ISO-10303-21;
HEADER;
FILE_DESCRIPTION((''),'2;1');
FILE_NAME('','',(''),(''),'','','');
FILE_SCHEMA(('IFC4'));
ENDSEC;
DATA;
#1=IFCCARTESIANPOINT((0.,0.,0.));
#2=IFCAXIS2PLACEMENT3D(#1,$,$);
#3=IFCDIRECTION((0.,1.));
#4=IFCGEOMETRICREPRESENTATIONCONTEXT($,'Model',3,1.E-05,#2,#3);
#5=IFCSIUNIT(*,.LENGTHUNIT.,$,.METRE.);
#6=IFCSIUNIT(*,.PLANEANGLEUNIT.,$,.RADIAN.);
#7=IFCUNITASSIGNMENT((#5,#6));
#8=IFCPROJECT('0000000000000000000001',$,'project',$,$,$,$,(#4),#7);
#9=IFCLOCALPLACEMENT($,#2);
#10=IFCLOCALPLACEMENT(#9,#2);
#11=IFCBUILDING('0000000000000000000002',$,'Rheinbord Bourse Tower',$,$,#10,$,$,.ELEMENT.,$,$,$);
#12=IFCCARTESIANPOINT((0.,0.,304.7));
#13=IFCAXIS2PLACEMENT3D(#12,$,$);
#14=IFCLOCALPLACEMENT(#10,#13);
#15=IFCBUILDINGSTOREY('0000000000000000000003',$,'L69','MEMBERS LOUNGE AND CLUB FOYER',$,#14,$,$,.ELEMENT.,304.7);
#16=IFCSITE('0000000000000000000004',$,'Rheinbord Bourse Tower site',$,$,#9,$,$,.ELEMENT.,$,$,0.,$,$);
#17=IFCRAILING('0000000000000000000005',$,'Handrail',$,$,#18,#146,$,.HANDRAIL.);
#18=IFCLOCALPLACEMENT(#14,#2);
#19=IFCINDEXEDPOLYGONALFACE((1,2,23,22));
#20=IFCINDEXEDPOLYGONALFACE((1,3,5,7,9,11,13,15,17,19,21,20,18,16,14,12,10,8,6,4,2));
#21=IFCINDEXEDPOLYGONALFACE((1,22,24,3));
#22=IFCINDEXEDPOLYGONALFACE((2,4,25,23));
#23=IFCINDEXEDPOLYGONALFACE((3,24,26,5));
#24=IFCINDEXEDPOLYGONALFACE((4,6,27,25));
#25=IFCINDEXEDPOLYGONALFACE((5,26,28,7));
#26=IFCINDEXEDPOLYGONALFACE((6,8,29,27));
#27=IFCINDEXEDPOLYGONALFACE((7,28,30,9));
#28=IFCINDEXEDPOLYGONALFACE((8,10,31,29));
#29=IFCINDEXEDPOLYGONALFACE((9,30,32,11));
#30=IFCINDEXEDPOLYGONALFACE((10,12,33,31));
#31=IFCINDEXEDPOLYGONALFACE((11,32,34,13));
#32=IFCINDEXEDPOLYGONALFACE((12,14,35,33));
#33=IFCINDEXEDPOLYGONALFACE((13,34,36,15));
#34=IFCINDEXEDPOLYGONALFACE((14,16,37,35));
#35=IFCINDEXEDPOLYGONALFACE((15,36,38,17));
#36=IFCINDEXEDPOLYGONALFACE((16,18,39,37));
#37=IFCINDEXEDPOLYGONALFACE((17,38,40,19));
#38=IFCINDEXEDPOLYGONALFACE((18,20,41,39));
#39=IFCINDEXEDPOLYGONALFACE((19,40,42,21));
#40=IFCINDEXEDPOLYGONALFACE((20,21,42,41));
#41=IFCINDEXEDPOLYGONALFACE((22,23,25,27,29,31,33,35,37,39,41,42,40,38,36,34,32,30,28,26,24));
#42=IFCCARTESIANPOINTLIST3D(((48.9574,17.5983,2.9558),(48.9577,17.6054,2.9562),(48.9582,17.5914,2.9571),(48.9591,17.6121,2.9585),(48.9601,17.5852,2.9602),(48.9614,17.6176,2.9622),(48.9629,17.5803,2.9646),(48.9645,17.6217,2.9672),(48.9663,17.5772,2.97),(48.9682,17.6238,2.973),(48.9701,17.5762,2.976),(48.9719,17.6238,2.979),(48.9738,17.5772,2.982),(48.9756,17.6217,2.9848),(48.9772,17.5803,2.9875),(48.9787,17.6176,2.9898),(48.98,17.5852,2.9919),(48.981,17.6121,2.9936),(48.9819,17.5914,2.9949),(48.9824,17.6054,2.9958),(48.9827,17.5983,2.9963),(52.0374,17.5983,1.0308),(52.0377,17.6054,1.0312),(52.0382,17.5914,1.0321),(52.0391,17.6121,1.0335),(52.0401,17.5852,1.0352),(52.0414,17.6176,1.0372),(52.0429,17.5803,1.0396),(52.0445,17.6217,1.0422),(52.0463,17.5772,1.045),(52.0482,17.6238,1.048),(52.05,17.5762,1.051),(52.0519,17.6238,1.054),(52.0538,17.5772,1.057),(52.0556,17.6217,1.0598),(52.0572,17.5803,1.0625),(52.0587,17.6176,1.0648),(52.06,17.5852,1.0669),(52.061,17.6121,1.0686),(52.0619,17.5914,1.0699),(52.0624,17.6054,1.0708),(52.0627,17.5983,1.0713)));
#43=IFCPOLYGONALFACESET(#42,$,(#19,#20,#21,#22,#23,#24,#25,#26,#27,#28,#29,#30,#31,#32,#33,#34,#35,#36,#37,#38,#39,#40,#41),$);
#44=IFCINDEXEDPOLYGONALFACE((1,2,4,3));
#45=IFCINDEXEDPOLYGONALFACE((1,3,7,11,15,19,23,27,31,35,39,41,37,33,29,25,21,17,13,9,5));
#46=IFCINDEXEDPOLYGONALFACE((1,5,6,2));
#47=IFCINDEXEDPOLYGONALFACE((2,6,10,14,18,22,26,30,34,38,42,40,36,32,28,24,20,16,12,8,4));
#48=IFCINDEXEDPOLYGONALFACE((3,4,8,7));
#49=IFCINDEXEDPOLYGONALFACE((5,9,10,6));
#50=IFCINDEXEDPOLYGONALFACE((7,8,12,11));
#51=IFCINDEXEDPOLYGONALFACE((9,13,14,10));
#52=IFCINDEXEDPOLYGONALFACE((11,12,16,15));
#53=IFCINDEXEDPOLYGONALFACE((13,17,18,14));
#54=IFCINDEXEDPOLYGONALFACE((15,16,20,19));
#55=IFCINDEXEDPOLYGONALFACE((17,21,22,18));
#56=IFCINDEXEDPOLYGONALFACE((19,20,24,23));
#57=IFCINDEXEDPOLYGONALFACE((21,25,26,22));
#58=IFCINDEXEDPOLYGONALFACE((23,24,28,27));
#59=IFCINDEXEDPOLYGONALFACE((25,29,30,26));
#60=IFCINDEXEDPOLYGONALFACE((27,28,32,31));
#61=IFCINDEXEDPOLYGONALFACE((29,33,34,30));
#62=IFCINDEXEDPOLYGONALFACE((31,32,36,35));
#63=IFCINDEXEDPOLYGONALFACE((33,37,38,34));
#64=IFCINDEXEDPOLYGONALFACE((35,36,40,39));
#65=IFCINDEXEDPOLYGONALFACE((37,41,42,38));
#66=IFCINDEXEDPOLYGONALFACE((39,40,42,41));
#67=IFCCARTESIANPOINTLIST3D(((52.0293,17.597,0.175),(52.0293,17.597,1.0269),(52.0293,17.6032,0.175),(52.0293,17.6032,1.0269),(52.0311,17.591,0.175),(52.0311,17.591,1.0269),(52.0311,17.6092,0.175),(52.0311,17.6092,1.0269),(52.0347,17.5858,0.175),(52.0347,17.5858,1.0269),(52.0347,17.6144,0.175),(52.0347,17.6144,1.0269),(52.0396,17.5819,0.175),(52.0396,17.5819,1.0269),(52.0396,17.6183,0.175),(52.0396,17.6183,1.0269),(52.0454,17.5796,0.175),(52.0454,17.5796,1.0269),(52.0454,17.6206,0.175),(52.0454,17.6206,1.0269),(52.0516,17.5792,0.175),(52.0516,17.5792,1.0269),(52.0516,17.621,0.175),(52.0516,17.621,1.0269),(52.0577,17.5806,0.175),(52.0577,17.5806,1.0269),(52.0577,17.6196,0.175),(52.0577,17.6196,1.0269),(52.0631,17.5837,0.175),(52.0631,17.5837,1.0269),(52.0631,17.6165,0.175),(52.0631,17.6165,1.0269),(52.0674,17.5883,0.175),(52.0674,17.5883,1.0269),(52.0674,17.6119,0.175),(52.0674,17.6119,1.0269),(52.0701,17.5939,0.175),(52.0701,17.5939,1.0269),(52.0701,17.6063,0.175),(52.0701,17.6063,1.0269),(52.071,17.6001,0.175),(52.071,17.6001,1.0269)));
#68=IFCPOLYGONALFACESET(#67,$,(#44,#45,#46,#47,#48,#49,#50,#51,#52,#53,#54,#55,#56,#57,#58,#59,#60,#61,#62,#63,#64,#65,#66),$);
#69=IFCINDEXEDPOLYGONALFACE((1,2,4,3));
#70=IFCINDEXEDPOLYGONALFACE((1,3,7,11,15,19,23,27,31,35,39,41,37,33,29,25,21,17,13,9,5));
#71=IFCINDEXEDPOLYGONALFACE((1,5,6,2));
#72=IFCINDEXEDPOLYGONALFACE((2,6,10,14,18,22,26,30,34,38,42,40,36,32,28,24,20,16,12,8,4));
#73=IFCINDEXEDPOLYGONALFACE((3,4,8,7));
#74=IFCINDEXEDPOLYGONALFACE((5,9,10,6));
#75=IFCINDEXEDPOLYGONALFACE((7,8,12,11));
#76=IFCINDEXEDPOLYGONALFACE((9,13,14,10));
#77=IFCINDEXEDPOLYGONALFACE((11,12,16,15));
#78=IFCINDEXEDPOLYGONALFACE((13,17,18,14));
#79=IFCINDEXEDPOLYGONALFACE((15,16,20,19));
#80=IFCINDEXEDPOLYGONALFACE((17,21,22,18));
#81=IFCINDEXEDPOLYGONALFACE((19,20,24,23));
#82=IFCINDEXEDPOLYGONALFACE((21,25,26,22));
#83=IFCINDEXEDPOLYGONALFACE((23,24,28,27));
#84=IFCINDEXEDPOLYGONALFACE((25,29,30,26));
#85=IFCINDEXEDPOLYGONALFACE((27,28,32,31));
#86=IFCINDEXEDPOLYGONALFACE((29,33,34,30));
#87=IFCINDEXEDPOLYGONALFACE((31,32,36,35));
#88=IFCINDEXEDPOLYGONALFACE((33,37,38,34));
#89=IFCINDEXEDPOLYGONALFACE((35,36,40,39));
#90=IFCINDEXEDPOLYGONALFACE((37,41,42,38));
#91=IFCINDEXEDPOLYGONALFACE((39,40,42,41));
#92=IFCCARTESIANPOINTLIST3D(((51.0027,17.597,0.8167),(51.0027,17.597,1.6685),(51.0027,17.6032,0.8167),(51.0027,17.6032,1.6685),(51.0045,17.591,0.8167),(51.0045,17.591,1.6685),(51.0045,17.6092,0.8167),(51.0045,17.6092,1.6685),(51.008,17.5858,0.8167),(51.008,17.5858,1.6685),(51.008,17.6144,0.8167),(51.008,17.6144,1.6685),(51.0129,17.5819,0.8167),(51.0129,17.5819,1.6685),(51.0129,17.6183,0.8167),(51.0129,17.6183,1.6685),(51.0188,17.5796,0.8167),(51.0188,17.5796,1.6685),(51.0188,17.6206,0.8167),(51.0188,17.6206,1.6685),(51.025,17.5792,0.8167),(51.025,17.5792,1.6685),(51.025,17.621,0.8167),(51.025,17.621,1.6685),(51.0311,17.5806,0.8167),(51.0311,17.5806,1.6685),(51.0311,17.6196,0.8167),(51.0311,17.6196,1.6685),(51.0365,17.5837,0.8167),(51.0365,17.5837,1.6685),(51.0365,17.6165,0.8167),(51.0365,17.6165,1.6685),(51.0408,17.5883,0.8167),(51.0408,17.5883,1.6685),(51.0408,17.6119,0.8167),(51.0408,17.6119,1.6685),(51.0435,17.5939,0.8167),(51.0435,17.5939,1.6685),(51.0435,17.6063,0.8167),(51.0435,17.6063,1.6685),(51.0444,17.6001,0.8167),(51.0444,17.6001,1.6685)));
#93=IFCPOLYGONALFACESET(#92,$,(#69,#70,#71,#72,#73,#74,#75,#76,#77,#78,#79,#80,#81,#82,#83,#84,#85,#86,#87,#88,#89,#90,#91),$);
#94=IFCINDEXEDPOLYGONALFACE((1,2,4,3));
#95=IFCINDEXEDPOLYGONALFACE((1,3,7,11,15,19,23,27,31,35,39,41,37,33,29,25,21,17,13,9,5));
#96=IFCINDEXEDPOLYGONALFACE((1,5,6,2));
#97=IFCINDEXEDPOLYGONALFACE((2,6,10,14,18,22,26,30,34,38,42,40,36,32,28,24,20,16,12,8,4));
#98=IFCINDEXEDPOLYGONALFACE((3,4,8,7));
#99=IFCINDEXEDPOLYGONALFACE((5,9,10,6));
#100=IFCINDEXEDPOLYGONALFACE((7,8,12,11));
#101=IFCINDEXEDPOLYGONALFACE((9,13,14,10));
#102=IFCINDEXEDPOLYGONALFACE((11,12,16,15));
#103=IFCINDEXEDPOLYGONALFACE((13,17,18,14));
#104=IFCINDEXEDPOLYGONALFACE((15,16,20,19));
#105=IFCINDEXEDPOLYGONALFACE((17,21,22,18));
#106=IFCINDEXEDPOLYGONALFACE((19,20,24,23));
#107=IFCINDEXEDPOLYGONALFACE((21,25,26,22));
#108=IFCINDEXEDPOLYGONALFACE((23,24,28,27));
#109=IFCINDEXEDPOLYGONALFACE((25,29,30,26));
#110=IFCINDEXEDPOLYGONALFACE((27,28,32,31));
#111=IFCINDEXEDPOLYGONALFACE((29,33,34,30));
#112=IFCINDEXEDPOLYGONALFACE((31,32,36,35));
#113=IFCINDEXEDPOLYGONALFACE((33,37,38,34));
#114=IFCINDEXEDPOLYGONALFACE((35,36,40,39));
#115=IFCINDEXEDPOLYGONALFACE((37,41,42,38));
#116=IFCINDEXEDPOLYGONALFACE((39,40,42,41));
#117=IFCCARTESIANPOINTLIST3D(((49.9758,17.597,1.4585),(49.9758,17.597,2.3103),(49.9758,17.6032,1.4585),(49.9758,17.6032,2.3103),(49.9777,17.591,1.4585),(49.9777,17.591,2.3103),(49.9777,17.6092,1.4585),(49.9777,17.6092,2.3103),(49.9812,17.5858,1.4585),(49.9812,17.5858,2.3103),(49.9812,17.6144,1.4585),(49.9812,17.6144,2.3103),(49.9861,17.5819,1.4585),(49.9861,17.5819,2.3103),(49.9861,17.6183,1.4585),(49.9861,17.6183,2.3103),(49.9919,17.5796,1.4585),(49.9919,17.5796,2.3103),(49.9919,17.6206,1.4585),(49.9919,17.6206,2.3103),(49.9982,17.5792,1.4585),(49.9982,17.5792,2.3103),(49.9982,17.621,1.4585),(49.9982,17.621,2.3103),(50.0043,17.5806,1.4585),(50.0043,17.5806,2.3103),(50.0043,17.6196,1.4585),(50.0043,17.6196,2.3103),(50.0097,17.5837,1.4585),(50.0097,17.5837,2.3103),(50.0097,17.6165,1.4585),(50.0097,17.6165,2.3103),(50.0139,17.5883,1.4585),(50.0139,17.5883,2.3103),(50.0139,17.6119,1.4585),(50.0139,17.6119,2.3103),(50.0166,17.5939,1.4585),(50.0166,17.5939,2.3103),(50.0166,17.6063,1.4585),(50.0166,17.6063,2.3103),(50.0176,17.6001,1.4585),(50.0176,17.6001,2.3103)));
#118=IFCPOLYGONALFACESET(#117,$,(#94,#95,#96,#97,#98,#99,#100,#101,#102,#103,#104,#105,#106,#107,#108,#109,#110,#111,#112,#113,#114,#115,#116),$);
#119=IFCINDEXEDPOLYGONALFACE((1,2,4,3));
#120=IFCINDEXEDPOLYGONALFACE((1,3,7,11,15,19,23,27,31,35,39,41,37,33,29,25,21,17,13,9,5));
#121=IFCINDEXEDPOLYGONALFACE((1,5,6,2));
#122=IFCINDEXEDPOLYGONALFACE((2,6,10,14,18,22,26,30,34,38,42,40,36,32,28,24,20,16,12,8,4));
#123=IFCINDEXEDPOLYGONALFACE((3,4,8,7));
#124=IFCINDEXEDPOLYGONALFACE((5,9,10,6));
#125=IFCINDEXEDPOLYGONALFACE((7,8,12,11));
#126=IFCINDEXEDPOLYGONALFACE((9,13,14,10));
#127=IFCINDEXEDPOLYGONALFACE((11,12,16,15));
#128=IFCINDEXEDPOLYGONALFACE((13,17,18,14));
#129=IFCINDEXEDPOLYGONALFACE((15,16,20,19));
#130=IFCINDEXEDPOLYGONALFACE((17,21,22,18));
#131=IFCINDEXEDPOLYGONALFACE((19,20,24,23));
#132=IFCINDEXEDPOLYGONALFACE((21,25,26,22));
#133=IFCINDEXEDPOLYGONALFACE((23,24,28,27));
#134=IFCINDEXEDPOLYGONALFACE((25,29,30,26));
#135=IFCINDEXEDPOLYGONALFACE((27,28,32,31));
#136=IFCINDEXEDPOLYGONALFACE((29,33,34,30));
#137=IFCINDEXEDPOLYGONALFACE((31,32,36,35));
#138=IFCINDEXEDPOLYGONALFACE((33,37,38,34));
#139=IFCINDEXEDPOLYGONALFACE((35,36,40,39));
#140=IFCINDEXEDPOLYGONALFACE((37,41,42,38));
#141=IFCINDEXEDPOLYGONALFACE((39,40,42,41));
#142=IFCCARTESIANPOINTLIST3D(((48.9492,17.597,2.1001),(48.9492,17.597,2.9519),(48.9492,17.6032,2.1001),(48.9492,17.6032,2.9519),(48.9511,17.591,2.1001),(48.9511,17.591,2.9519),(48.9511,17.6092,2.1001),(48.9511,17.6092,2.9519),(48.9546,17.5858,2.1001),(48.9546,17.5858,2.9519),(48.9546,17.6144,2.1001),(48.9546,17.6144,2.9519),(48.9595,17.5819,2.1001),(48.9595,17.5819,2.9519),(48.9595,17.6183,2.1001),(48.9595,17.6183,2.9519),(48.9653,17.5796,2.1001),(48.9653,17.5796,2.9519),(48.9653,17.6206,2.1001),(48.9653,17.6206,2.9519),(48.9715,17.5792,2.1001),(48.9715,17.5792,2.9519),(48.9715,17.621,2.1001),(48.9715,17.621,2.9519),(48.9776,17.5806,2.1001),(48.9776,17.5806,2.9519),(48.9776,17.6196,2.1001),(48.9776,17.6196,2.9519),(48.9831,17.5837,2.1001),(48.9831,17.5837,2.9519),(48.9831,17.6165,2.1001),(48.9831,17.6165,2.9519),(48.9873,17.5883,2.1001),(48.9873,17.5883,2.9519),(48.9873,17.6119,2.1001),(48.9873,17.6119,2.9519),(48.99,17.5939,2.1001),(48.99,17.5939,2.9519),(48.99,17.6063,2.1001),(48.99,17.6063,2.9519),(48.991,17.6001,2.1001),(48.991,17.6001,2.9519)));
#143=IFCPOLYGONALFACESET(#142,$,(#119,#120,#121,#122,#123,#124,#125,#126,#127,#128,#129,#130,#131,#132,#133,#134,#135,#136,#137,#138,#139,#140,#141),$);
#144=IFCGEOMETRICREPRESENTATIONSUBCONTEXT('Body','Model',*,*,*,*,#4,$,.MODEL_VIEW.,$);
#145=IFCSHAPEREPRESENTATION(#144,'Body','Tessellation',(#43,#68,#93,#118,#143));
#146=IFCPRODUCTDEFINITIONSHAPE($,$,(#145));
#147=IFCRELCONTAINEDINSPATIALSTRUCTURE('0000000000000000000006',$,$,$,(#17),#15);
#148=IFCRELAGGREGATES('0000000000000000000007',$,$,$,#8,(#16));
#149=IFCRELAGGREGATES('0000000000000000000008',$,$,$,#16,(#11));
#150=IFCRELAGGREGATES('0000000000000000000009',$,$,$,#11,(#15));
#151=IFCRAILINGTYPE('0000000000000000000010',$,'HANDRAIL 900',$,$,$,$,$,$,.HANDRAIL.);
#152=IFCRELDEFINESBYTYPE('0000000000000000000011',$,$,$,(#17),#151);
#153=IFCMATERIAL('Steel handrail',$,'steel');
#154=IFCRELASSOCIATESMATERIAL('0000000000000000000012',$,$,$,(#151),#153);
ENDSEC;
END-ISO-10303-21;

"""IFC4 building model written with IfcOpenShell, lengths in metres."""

from ifc_helpers import new_model, si_unit, direction, frame, origin, origin_2d, place, context, subcontext, project, spatial, circle, extrude, material, type_object, element, save


model = new_model("IFC4")

# Units and contexts
model_context = context("Model", 3, precision=1e-05, world=origin(), true_north=direction((0.0, 1.0)))
body_context = subcontext(model_context, "Body", "Model", "MODEL_VIEW")
ifc_project = project(units=[si_unit("LENGTHUNIT", "METRE"), si_unit("PLANEANGLEUNIT", "RADIAN")], contexts=[model_context])

# Site, building, storey
site_placement = place(None, origin())
site = spatial("IfcSite", under=ifc_project, at=site_placement, Name="Rheinbord Bourse Tower site", CompositionType="ELEMENT", RefElevation=0.0)
building_placement = place(site_placement, origin())
building = spatial("IfcBuilding", under=site, at=building_placement, Name="Rheinbord Bourse Tower", CompositionType="ELEMENT")
storey_placement = place(building_placement, frame((0.0, 0.0, 304.7)))
storey = spatial("IfcBuildingStorey", under=building, at=storey_placement, Name="L69", Description="MEMBERS LOUNGE AND CLUB FOYER", CompositionType="ELEMENT", Elevation=304.7)

# Railing
ifc_material_1 = material(Name="Steel handrail", Category="steel")
railing_type = type_object("IfcRailingType", Name="HANDRAIL 900", PredefinedType="HANDRAIL", material=ifc_material_1)
railing_1_placement = place(storey_placement, frame((52.05, 17.6001, 0.175)))
element("IfcRailing", 1, at=railing_1_placement, inside=storey, type_object=railing_type, Name="Handrail", PredefinedType="HANDRAIL", context=body_context, shape_type="SweptSolid", body=[
    extrude(circle(Radius=0.0239, at=origin_2d()), frame((0.0, 0.0, 0.876), z_axis=(-0.847998, 0.0, 0.529999), x_axis=(0.0, -1.0, 0.0)), (0.0, 0.0, 1.0), 3.6321),
    extrude(circle(Radius=0.021, at=origin_2d()), origin(), (0.0, 0.0, 1.0), 0.8518),
    extrude(circle(Radius=0.021, at=origin_2d()), frame((-1.0266, 0.0, 0.6416)), (0.0, 0.0, 1.0), 0.8518),
    extrude(circle(Radius=0.021, at=origin_2d()), frame((-2.0535, 0.0, 1.2834)), (0.0, 0.0, 1.0), 0.8518),
    extrude(circle(Radius=0.021, at=origin_2d()), frame((-3.0801, 0.0, 1.925)), (0.0, 0.0, 1.0), 0.8518),
])

save(model, "model.ifc")
